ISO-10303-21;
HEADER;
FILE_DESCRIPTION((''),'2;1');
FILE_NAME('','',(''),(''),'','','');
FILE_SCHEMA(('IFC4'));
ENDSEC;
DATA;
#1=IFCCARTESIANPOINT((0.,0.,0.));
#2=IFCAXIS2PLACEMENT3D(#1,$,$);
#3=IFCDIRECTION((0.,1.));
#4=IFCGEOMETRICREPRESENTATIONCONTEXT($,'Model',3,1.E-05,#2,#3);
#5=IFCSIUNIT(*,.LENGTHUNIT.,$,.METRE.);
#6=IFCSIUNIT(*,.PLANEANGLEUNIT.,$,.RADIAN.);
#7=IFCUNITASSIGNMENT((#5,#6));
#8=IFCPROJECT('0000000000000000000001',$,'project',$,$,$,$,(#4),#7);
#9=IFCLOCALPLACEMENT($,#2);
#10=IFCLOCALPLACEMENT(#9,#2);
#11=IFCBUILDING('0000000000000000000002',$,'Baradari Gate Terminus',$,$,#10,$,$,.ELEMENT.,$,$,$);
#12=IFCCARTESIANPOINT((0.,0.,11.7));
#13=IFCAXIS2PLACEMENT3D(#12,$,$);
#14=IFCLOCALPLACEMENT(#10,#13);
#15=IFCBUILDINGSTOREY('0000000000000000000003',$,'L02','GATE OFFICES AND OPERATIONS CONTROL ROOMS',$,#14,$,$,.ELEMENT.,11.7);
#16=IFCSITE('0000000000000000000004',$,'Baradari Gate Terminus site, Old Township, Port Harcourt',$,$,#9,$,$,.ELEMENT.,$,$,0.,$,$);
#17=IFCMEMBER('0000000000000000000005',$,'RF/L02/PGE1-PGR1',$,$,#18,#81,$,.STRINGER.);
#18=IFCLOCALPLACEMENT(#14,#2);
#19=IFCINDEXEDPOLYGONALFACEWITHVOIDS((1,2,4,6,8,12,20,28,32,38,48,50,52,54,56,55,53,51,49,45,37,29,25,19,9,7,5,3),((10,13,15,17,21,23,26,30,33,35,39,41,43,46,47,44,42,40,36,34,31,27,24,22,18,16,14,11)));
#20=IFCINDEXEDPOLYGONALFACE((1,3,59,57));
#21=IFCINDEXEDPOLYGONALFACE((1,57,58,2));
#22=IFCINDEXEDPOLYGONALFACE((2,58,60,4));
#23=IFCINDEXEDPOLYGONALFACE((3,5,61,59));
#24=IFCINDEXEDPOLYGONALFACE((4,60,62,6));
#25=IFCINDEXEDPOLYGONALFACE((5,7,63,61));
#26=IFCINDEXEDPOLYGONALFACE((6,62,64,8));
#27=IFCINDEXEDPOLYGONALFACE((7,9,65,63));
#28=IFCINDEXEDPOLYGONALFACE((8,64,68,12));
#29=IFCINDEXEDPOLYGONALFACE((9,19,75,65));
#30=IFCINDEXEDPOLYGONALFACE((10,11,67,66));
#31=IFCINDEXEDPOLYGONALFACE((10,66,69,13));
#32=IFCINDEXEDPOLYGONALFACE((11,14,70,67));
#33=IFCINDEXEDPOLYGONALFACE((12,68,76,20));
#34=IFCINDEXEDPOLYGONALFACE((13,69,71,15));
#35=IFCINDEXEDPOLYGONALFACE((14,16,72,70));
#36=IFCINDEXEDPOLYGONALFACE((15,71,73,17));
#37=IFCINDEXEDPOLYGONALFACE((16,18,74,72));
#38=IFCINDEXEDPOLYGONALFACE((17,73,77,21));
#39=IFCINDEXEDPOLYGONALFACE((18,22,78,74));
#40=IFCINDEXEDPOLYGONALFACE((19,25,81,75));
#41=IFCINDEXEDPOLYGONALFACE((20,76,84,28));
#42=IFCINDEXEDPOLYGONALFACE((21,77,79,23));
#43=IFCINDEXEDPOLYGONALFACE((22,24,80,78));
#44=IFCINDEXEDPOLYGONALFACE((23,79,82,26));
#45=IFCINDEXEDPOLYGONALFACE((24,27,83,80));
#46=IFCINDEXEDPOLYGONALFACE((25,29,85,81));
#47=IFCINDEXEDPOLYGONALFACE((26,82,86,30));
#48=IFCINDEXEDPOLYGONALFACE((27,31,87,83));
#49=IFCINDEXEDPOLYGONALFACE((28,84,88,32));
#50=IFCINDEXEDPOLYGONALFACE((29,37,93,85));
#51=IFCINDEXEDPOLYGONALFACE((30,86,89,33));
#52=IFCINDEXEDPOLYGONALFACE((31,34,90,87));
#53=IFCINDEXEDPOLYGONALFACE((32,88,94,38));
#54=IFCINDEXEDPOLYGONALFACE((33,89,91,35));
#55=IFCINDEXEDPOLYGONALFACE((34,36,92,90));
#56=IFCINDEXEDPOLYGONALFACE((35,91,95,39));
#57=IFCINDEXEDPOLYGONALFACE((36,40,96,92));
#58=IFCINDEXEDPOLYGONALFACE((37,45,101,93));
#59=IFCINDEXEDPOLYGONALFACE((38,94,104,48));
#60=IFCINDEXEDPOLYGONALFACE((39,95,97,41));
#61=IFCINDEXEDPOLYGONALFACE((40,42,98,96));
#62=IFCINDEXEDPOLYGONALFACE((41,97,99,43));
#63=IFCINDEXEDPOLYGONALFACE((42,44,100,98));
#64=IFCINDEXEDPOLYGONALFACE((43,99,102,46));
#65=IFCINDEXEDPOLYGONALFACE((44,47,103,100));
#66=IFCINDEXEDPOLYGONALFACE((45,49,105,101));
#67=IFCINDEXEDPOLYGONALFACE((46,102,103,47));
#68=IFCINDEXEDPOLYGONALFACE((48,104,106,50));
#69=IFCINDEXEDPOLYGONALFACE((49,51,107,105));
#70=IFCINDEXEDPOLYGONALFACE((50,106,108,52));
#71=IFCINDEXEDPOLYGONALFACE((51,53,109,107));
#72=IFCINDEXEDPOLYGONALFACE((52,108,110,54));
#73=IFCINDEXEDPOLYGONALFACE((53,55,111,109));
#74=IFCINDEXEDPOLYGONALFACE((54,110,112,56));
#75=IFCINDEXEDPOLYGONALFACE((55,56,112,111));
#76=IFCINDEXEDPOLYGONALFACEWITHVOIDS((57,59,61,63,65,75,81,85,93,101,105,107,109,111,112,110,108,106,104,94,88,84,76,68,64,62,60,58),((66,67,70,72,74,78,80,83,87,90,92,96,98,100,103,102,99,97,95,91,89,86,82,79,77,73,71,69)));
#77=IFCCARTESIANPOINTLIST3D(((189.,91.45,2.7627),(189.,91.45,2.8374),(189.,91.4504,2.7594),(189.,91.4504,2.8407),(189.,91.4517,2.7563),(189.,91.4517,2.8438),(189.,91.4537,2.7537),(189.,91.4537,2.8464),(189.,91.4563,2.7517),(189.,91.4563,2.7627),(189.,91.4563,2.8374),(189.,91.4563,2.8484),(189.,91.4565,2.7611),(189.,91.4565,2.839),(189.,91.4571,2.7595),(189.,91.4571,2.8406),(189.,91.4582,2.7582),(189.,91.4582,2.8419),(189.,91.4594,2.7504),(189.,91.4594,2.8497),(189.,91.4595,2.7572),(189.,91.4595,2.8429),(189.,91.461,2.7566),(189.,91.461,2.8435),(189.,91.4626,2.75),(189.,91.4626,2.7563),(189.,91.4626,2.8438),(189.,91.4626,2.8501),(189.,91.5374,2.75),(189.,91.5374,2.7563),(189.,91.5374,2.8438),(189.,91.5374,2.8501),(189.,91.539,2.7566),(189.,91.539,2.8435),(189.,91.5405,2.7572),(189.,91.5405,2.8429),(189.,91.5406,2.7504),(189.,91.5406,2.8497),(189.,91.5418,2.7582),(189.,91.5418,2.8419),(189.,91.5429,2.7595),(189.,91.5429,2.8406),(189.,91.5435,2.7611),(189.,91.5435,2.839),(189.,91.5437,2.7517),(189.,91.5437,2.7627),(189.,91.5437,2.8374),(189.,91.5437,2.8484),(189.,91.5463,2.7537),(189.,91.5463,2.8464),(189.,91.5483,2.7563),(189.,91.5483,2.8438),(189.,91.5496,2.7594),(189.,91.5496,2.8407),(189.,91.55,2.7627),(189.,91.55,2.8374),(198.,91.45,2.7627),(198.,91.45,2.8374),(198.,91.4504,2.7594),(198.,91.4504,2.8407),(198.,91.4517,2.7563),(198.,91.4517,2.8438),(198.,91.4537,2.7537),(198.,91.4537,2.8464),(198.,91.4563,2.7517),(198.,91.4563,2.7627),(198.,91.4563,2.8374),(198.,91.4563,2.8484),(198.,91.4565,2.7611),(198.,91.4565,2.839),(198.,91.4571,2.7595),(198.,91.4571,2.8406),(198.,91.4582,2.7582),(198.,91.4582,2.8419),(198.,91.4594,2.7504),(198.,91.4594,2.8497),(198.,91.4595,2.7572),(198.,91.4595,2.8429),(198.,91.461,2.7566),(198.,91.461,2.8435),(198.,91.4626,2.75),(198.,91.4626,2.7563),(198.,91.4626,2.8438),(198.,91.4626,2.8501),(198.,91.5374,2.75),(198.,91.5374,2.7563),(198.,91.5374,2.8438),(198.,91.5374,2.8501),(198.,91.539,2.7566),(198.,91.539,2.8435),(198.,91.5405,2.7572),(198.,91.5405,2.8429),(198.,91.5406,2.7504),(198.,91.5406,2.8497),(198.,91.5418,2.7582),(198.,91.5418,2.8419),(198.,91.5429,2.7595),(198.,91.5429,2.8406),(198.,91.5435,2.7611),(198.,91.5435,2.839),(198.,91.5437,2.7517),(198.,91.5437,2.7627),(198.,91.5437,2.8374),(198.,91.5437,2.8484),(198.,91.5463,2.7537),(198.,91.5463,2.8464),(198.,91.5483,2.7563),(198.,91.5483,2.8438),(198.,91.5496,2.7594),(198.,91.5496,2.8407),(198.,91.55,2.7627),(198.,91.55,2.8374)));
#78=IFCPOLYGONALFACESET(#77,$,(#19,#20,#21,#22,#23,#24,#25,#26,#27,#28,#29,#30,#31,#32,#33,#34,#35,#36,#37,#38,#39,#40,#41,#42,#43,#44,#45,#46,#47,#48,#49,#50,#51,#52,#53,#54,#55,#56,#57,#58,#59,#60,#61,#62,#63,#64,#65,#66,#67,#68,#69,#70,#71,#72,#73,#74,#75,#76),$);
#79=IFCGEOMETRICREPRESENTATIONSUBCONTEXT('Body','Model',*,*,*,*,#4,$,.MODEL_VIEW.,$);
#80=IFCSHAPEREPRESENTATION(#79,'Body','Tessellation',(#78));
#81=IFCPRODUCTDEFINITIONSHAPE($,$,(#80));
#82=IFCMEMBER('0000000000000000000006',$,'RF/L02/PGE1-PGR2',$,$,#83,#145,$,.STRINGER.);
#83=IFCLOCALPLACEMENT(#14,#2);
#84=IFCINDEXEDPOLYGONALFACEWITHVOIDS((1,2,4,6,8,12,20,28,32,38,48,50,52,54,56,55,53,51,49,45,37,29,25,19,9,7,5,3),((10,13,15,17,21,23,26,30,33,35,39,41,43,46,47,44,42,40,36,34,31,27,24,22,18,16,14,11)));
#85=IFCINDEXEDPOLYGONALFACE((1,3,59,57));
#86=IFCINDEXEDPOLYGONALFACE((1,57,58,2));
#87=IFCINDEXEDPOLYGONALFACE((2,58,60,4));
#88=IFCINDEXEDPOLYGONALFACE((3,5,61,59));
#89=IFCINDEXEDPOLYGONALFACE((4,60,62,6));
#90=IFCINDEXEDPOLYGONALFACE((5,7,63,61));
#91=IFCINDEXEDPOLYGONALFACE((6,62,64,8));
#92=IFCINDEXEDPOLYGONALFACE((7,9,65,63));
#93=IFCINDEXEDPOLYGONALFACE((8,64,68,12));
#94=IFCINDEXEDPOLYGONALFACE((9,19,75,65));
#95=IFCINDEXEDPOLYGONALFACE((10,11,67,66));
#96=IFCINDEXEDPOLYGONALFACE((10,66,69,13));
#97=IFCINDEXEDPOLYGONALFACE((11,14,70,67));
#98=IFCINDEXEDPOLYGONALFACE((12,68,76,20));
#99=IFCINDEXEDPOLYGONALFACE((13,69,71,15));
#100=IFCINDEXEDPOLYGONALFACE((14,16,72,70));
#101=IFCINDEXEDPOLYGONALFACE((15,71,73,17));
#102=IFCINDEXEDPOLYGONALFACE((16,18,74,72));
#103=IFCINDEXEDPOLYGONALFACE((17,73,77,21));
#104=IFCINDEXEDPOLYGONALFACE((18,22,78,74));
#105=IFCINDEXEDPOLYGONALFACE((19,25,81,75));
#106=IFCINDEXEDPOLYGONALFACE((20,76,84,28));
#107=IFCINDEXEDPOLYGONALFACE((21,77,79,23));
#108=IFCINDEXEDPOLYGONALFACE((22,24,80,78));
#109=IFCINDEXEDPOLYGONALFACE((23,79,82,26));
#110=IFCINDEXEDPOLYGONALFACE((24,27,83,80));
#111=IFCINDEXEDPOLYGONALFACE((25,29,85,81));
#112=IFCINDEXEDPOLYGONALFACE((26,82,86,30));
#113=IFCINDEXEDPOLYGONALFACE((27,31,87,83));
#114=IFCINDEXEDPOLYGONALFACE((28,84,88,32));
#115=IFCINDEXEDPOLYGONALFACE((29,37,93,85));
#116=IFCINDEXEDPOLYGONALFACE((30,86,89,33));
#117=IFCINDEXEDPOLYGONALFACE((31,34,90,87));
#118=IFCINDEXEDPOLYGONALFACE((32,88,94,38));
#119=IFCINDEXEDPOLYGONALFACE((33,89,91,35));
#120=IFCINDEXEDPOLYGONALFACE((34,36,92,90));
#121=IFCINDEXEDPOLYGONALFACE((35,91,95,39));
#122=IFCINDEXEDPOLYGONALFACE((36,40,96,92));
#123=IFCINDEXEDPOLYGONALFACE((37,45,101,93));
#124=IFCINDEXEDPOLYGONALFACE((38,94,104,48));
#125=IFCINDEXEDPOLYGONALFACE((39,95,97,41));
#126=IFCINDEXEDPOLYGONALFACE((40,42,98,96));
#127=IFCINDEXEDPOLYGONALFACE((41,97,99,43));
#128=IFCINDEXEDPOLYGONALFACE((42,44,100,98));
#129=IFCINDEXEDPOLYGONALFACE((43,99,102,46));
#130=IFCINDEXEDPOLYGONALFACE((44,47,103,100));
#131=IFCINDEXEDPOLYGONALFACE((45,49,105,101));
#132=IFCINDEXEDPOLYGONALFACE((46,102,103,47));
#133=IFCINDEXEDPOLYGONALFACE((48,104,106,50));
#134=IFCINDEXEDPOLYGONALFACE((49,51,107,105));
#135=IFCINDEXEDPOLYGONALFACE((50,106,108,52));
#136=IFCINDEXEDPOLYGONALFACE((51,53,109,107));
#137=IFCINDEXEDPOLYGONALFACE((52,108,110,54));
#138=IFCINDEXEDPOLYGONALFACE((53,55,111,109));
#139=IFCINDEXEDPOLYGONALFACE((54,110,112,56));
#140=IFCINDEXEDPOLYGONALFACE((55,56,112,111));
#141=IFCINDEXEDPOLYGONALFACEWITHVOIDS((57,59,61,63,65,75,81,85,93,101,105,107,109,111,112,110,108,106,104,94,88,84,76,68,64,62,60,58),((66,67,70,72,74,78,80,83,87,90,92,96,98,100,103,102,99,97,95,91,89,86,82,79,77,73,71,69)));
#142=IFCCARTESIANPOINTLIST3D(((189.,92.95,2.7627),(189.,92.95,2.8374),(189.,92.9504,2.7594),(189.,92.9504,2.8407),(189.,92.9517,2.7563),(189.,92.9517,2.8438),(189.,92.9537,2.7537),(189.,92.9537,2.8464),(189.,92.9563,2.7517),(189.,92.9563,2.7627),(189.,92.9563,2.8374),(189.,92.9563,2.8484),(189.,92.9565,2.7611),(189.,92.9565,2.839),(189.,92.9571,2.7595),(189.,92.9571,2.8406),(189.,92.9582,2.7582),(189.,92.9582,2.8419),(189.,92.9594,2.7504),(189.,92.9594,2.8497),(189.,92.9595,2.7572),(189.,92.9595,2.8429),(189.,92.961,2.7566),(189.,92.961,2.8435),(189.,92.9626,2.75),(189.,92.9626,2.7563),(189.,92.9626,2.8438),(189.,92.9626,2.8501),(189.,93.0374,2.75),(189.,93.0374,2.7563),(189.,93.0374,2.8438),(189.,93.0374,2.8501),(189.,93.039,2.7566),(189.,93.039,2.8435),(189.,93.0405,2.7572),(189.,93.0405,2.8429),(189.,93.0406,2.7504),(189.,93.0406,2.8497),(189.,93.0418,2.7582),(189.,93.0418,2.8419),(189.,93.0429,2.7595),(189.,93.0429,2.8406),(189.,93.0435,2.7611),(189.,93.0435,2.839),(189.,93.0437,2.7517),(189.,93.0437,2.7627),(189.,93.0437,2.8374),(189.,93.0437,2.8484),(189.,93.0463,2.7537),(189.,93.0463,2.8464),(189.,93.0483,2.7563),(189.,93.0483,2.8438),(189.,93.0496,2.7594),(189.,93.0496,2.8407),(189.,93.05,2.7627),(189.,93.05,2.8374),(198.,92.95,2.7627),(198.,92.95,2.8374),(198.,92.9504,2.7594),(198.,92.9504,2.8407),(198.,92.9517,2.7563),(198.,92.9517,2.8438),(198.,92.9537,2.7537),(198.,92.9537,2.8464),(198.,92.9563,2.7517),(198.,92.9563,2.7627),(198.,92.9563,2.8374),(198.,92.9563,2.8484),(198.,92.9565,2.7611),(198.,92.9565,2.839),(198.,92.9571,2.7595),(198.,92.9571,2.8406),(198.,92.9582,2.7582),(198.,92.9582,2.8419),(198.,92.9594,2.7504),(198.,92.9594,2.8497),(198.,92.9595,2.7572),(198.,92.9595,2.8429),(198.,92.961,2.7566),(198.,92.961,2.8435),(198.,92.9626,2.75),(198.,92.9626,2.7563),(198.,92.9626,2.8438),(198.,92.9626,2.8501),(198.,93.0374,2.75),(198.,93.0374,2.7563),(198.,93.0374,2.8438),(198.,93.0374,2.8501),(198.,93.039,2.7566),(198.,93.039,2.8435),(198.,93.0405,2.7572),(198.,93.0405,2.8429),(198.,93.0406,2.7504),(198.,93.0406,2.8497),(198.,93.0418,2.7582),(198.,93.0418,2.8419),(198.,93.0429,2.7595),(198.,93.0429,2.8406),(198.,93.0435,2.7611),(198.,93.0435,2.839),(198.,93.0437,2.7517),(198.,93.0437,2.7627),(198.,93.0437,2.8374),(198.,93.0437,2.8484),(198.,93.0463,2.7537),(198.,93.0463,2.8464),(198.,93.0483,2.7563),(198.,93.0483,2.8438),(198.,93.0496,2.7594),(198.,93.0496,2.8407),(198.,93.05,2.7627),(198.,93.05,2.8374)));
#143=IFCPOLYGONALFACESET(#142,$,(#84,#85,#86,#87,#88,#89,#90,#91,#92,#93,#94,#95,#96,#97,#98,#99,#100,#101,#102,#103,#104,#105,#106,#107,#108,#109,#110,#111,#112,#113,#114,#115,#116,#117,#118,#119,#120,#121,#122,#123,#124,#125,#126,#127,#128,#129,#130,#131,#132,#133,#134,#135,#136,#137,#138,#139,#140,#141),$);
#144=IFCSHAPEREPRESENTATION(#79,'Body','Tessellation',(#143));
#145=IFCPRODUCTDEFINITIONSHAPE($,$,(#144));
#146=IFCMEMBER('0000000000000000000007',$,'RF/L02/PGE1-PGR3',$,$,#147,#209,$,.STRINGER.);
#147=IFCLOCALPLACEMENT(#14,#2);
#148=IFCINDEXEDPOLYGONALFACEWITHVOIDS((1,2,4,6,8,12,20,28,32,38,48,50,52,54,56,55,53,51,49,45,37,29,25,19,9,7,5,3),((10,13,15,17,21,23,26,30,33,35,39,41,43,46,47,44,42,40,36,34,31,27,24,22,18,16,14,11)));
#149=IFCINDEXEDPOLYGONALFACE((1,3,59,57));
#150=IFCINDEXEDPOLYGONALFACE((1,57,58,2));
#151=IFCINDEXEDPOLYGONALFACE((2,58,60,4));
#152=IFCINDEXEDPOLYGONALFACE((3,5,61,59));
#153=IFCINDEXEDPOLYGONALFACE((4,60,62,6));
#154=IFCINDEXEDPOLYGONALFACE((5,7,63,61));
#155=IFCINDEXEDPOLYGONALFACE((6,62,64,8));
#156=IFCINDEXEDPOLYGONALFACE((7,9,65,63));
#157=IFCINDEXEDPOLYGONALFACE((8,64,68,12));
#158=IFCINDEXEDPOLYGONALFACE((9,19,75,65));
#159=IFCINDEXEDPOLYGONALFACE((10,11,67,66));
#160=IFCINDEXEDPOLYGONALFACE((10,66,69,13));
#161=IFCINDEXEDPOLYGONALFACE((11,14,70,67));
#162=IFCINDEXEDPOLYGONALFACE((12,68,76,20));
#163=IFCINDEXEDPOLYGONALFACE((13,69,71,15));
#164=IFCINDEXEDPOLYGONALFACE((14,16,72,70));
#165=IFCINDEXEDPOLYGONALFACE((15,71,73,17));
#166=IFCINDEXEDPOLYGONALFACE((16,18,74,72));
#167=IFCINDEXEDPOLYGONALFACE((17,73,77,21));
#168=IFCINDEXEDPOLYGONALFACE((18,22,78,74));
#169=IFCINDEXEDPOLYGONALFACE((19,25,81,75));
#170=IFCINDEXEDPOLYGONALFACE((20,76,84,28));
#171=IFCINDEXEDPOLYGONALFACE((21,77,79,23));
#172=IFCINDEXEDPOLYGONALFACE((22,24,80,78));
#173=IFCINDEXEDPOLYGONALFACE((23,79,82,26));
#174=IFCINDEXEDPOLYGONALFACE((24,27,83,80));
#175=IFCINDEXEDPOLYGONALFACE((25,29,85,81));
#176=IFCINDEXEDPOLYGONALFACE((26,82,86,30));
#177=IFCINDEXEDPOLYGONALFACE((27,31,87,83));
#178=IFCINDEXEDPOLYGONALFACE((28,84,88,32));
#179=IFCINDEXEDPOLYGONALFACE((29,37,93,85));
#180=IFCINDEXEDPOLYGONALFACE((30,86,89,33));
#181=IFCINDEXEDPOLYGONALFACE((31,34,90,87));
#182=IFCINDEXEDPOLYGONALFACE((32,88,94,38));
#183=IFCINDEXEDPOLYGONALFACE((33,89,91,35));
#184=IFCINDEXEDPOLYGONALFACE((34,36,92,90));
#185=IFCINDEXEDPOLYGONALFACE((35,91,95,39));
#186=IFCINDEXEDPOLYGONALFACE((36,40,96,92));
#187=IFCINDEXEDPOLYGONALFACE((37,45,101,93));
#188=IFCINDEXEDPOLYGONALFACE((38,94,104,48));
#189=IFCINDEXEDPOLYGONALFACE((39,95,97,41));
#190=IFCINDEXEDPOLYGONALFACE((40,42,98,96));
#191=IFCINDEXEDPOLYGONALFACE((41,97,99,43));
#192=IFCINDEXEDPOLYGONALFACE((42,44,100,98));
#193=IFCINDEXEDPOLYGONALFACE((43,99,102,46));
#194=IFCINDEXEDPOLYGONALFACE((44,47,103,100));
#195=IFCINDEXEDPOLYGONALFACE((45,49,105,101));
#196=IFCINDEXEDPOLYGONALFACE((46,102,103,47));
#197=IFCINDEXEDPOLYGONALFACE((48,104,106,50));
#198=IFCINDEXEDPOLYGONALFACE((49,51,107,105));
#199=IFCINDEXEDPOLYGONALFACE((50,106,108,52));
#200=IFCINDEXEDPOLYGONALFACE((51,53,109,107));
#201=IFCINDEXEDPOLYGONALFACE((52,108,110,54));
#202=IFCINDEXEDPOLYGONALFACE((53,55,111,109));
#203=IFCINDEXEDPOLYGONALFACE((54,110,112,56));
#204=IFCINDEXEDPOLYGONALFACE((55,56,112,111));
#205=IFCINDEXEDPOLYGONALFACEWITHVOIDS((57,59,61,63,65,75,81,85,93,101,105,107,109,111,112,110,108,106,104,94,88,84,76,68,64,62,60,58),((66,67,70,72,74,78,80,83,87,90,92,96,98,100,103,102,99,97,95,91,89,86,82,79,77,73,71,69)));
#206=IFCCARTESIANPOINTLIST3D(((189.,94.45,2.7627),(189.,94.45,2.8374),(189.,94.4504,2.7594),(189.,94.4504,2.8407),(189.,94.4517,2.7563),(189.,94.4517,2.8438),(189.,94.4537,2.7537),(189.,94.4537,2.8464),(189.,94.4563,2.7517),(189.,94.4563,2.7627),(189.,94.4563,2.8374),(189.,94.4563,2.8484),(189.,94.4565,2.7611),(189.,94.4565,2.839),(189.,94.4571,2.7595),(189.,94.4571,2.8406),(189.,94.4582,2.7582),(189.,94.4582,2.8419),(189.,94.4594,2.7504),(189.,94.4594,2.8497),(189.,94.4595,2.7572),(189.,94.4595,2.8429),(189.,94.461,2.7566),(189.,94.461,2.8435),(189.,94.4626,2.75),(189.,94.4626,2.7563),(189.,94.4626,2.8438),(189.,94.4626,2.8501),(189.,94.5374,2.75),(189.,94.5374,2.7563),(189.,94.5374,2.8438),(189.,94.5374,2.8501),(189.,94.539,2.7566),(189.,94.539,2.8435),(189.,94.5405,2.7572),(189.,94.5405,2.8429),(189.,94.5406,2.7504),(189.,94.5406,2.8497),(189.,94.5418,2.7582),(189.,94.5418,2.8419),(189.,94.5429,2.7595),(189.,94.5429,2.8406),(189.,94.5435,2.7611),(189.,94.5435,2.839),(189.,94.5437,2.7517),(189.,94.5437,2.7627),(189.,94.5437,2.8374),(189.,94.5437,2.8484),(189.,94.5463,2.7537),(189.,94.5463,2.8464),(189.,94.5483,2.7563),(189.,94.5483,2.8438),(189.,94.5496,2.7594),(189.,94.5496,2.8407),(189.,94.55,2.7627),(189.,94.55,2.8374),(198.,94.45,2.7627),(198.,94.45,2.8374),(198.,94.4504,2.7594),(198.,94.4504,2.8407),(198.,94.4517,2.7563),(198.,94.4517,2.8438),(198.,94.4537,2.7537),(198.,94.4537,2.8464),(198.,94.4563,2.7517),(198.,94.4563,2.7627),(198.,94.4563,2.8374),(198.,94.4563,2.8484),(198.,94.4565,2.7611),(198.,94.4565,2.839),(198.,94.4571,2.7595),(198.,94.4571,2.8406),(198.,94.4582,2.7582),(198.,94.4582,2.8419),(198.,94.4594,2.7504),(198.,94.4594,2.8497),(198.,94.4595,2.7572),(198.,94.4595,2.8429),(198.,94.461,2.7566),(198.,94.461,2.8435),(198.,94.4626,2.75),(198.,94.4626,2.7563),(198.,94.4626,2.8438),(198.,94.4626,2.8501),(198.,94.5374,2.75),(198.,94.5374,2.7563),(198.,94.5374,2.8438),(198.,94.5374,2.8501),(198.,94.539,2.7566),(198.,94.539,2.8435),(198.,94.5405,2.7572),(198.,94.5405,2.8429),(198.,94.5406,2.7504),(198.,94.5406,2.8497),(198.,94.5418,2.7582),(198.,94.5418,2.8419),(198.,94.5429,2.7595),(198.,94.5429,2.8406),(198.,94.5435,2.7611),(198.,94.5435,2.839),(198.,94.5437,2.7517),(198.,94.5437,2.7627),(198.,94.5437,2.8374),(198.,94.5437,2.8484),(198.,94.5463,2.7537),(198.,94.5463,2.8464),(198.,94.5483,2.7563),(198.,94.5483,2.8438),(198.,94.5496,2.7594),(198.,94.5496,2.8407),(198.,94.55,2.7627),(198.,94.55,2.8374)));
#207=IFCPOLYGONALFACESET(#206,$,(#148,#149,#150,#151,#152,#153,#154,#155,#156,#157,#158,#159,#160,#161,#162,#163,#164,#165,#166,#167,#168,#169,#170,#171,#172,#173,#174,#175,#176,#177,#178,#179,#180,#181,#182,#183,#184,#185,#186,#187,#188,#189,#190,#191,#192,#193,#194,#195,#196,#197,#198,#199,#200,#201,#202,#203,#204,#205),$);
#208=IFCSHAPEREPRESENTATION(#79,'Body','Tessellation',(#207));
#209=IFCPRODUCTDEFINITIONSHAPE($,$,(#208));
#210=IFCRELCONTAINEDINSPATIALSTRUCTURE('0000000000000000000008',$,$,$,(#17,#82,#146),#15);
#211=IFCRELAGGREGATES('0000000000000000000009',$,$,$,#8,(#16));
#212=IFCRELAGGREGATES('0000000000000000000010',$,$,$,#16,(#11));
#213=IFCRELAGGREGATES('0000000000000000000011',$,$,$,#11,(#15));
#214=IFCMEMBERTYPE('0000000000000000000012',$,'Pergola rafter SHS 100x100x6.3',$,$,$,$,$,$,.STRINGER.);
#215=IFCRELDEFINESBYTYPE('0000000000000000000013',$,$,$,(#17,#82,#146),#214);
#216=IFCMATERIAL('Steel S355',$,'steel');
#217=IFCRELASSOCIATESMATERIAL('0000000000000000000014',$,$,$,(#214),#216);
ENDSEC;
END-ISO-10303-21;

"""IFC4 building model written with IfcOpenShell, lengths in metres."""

from ifc_helpers import new_model, si_unit, direction, frame, origin, origin_2d, place, context, subcontext, project, spatial, hollow_rectangle, extrude, material, material_profile, profile_set, type_object, element, save


model = new_model("IFC4")

# Units and contexts
model_context = context("Model", 3, precision=1e-05, world=origin(), true_north=direction((0.0, 1.0)))
body_context = subcontext(model_context, "Body", "Model", "MODEL_VIEW")
ifc_project = project(units=[si_unit("LENGTHUNIT", "METRE"), si_unit("PLANEANGLEUNIT", "RADIAN")], contexts=[model_context])

# Site, building, storey
site_placement = place(None, origin())
site = spatial("IfcSite", under=ifc_project, at=site_placement, Name="Baradari Gate Terminus site, Old Township, Port Harcourt", CompositionType="ELEMENT", RefElevation=0.0)
building_placement = place(site_placement, origin())
building = spatial("IfcBuilding", under=site, at=building_placement, Name="Baradari Gate Terminus", CompositionType="ELEMENT")
storey_placement = place(building_placement, frame((0.0, 0.0, 11.7)))
storey = spatial("IfcBuildingStorey", under=building, at=storey_placement, Name="L02", Description="GATE OFFICES AND OPERATIONS CONTROL ROOMS", CompositionType="ELEMENT", Elevation=11.7)

# Members
ifc_material_1 = material(Name="Steel S355", Category="steel")
ifc_material_profile_1 = material_profile(ifc_material_1, hollow_rectangle(XDim=0.1001, YDim=0.1001, WallThickness=0.0063, InnerFilletRadius=0.0063, OuterFilletRadius=0.0127, at=origin_2d()), Name="SHS 100x100x6.3")
ifc_profile_set_1 = profile_set([ifc_material_profile_1], Name="Steel S355")
member_type_1 = type_object("IfcMemberType", Name="Pergola rafter SHS 100x100x6.3", PredefinedType="STRINGER", material=ifc_profile_set_1)
for number, where, z_axis, x_axis, name in (
    (1, (189.0, 91.5, 2.8), (1.0, 0.0, 0.0), (0.0, 1.0, 0.0), "RF/L02/PGE1-PGR1"),
    (2, (189.0, 93.0, 2.8), (1.0, 0.0, 0.0), (0.0, 1.0, 0.0), "RF/L02/PGE1-PGR2"),
    (3, (189.0, 94.5, 2.8), (1.0, 0.0, 0.0), (0.0, 1.0, 0.0), "RF/L02/PGE1-PGR3"),
):
    element("IfcMember", number, at=place(storey_placement, frame(where, z_axis=z_axis, x_axis=x_axis)), inside=storey, type_object=member_type_1, Name=name, PredefinedType="STRINGER", context=body_context, shape_type="SweptSolid", body=[
        extrude(hollow_rectangle(XDim=0.1001, YDim=0.1001, WallThickness=0.0063, InnerFilletRadius=0.0063, OuterFilletRadius=0.0127, at=origin_2d()), origin(), (0.0, 0.0, 1.0), 9.0),
    ])

save(model, "model.ifc")
